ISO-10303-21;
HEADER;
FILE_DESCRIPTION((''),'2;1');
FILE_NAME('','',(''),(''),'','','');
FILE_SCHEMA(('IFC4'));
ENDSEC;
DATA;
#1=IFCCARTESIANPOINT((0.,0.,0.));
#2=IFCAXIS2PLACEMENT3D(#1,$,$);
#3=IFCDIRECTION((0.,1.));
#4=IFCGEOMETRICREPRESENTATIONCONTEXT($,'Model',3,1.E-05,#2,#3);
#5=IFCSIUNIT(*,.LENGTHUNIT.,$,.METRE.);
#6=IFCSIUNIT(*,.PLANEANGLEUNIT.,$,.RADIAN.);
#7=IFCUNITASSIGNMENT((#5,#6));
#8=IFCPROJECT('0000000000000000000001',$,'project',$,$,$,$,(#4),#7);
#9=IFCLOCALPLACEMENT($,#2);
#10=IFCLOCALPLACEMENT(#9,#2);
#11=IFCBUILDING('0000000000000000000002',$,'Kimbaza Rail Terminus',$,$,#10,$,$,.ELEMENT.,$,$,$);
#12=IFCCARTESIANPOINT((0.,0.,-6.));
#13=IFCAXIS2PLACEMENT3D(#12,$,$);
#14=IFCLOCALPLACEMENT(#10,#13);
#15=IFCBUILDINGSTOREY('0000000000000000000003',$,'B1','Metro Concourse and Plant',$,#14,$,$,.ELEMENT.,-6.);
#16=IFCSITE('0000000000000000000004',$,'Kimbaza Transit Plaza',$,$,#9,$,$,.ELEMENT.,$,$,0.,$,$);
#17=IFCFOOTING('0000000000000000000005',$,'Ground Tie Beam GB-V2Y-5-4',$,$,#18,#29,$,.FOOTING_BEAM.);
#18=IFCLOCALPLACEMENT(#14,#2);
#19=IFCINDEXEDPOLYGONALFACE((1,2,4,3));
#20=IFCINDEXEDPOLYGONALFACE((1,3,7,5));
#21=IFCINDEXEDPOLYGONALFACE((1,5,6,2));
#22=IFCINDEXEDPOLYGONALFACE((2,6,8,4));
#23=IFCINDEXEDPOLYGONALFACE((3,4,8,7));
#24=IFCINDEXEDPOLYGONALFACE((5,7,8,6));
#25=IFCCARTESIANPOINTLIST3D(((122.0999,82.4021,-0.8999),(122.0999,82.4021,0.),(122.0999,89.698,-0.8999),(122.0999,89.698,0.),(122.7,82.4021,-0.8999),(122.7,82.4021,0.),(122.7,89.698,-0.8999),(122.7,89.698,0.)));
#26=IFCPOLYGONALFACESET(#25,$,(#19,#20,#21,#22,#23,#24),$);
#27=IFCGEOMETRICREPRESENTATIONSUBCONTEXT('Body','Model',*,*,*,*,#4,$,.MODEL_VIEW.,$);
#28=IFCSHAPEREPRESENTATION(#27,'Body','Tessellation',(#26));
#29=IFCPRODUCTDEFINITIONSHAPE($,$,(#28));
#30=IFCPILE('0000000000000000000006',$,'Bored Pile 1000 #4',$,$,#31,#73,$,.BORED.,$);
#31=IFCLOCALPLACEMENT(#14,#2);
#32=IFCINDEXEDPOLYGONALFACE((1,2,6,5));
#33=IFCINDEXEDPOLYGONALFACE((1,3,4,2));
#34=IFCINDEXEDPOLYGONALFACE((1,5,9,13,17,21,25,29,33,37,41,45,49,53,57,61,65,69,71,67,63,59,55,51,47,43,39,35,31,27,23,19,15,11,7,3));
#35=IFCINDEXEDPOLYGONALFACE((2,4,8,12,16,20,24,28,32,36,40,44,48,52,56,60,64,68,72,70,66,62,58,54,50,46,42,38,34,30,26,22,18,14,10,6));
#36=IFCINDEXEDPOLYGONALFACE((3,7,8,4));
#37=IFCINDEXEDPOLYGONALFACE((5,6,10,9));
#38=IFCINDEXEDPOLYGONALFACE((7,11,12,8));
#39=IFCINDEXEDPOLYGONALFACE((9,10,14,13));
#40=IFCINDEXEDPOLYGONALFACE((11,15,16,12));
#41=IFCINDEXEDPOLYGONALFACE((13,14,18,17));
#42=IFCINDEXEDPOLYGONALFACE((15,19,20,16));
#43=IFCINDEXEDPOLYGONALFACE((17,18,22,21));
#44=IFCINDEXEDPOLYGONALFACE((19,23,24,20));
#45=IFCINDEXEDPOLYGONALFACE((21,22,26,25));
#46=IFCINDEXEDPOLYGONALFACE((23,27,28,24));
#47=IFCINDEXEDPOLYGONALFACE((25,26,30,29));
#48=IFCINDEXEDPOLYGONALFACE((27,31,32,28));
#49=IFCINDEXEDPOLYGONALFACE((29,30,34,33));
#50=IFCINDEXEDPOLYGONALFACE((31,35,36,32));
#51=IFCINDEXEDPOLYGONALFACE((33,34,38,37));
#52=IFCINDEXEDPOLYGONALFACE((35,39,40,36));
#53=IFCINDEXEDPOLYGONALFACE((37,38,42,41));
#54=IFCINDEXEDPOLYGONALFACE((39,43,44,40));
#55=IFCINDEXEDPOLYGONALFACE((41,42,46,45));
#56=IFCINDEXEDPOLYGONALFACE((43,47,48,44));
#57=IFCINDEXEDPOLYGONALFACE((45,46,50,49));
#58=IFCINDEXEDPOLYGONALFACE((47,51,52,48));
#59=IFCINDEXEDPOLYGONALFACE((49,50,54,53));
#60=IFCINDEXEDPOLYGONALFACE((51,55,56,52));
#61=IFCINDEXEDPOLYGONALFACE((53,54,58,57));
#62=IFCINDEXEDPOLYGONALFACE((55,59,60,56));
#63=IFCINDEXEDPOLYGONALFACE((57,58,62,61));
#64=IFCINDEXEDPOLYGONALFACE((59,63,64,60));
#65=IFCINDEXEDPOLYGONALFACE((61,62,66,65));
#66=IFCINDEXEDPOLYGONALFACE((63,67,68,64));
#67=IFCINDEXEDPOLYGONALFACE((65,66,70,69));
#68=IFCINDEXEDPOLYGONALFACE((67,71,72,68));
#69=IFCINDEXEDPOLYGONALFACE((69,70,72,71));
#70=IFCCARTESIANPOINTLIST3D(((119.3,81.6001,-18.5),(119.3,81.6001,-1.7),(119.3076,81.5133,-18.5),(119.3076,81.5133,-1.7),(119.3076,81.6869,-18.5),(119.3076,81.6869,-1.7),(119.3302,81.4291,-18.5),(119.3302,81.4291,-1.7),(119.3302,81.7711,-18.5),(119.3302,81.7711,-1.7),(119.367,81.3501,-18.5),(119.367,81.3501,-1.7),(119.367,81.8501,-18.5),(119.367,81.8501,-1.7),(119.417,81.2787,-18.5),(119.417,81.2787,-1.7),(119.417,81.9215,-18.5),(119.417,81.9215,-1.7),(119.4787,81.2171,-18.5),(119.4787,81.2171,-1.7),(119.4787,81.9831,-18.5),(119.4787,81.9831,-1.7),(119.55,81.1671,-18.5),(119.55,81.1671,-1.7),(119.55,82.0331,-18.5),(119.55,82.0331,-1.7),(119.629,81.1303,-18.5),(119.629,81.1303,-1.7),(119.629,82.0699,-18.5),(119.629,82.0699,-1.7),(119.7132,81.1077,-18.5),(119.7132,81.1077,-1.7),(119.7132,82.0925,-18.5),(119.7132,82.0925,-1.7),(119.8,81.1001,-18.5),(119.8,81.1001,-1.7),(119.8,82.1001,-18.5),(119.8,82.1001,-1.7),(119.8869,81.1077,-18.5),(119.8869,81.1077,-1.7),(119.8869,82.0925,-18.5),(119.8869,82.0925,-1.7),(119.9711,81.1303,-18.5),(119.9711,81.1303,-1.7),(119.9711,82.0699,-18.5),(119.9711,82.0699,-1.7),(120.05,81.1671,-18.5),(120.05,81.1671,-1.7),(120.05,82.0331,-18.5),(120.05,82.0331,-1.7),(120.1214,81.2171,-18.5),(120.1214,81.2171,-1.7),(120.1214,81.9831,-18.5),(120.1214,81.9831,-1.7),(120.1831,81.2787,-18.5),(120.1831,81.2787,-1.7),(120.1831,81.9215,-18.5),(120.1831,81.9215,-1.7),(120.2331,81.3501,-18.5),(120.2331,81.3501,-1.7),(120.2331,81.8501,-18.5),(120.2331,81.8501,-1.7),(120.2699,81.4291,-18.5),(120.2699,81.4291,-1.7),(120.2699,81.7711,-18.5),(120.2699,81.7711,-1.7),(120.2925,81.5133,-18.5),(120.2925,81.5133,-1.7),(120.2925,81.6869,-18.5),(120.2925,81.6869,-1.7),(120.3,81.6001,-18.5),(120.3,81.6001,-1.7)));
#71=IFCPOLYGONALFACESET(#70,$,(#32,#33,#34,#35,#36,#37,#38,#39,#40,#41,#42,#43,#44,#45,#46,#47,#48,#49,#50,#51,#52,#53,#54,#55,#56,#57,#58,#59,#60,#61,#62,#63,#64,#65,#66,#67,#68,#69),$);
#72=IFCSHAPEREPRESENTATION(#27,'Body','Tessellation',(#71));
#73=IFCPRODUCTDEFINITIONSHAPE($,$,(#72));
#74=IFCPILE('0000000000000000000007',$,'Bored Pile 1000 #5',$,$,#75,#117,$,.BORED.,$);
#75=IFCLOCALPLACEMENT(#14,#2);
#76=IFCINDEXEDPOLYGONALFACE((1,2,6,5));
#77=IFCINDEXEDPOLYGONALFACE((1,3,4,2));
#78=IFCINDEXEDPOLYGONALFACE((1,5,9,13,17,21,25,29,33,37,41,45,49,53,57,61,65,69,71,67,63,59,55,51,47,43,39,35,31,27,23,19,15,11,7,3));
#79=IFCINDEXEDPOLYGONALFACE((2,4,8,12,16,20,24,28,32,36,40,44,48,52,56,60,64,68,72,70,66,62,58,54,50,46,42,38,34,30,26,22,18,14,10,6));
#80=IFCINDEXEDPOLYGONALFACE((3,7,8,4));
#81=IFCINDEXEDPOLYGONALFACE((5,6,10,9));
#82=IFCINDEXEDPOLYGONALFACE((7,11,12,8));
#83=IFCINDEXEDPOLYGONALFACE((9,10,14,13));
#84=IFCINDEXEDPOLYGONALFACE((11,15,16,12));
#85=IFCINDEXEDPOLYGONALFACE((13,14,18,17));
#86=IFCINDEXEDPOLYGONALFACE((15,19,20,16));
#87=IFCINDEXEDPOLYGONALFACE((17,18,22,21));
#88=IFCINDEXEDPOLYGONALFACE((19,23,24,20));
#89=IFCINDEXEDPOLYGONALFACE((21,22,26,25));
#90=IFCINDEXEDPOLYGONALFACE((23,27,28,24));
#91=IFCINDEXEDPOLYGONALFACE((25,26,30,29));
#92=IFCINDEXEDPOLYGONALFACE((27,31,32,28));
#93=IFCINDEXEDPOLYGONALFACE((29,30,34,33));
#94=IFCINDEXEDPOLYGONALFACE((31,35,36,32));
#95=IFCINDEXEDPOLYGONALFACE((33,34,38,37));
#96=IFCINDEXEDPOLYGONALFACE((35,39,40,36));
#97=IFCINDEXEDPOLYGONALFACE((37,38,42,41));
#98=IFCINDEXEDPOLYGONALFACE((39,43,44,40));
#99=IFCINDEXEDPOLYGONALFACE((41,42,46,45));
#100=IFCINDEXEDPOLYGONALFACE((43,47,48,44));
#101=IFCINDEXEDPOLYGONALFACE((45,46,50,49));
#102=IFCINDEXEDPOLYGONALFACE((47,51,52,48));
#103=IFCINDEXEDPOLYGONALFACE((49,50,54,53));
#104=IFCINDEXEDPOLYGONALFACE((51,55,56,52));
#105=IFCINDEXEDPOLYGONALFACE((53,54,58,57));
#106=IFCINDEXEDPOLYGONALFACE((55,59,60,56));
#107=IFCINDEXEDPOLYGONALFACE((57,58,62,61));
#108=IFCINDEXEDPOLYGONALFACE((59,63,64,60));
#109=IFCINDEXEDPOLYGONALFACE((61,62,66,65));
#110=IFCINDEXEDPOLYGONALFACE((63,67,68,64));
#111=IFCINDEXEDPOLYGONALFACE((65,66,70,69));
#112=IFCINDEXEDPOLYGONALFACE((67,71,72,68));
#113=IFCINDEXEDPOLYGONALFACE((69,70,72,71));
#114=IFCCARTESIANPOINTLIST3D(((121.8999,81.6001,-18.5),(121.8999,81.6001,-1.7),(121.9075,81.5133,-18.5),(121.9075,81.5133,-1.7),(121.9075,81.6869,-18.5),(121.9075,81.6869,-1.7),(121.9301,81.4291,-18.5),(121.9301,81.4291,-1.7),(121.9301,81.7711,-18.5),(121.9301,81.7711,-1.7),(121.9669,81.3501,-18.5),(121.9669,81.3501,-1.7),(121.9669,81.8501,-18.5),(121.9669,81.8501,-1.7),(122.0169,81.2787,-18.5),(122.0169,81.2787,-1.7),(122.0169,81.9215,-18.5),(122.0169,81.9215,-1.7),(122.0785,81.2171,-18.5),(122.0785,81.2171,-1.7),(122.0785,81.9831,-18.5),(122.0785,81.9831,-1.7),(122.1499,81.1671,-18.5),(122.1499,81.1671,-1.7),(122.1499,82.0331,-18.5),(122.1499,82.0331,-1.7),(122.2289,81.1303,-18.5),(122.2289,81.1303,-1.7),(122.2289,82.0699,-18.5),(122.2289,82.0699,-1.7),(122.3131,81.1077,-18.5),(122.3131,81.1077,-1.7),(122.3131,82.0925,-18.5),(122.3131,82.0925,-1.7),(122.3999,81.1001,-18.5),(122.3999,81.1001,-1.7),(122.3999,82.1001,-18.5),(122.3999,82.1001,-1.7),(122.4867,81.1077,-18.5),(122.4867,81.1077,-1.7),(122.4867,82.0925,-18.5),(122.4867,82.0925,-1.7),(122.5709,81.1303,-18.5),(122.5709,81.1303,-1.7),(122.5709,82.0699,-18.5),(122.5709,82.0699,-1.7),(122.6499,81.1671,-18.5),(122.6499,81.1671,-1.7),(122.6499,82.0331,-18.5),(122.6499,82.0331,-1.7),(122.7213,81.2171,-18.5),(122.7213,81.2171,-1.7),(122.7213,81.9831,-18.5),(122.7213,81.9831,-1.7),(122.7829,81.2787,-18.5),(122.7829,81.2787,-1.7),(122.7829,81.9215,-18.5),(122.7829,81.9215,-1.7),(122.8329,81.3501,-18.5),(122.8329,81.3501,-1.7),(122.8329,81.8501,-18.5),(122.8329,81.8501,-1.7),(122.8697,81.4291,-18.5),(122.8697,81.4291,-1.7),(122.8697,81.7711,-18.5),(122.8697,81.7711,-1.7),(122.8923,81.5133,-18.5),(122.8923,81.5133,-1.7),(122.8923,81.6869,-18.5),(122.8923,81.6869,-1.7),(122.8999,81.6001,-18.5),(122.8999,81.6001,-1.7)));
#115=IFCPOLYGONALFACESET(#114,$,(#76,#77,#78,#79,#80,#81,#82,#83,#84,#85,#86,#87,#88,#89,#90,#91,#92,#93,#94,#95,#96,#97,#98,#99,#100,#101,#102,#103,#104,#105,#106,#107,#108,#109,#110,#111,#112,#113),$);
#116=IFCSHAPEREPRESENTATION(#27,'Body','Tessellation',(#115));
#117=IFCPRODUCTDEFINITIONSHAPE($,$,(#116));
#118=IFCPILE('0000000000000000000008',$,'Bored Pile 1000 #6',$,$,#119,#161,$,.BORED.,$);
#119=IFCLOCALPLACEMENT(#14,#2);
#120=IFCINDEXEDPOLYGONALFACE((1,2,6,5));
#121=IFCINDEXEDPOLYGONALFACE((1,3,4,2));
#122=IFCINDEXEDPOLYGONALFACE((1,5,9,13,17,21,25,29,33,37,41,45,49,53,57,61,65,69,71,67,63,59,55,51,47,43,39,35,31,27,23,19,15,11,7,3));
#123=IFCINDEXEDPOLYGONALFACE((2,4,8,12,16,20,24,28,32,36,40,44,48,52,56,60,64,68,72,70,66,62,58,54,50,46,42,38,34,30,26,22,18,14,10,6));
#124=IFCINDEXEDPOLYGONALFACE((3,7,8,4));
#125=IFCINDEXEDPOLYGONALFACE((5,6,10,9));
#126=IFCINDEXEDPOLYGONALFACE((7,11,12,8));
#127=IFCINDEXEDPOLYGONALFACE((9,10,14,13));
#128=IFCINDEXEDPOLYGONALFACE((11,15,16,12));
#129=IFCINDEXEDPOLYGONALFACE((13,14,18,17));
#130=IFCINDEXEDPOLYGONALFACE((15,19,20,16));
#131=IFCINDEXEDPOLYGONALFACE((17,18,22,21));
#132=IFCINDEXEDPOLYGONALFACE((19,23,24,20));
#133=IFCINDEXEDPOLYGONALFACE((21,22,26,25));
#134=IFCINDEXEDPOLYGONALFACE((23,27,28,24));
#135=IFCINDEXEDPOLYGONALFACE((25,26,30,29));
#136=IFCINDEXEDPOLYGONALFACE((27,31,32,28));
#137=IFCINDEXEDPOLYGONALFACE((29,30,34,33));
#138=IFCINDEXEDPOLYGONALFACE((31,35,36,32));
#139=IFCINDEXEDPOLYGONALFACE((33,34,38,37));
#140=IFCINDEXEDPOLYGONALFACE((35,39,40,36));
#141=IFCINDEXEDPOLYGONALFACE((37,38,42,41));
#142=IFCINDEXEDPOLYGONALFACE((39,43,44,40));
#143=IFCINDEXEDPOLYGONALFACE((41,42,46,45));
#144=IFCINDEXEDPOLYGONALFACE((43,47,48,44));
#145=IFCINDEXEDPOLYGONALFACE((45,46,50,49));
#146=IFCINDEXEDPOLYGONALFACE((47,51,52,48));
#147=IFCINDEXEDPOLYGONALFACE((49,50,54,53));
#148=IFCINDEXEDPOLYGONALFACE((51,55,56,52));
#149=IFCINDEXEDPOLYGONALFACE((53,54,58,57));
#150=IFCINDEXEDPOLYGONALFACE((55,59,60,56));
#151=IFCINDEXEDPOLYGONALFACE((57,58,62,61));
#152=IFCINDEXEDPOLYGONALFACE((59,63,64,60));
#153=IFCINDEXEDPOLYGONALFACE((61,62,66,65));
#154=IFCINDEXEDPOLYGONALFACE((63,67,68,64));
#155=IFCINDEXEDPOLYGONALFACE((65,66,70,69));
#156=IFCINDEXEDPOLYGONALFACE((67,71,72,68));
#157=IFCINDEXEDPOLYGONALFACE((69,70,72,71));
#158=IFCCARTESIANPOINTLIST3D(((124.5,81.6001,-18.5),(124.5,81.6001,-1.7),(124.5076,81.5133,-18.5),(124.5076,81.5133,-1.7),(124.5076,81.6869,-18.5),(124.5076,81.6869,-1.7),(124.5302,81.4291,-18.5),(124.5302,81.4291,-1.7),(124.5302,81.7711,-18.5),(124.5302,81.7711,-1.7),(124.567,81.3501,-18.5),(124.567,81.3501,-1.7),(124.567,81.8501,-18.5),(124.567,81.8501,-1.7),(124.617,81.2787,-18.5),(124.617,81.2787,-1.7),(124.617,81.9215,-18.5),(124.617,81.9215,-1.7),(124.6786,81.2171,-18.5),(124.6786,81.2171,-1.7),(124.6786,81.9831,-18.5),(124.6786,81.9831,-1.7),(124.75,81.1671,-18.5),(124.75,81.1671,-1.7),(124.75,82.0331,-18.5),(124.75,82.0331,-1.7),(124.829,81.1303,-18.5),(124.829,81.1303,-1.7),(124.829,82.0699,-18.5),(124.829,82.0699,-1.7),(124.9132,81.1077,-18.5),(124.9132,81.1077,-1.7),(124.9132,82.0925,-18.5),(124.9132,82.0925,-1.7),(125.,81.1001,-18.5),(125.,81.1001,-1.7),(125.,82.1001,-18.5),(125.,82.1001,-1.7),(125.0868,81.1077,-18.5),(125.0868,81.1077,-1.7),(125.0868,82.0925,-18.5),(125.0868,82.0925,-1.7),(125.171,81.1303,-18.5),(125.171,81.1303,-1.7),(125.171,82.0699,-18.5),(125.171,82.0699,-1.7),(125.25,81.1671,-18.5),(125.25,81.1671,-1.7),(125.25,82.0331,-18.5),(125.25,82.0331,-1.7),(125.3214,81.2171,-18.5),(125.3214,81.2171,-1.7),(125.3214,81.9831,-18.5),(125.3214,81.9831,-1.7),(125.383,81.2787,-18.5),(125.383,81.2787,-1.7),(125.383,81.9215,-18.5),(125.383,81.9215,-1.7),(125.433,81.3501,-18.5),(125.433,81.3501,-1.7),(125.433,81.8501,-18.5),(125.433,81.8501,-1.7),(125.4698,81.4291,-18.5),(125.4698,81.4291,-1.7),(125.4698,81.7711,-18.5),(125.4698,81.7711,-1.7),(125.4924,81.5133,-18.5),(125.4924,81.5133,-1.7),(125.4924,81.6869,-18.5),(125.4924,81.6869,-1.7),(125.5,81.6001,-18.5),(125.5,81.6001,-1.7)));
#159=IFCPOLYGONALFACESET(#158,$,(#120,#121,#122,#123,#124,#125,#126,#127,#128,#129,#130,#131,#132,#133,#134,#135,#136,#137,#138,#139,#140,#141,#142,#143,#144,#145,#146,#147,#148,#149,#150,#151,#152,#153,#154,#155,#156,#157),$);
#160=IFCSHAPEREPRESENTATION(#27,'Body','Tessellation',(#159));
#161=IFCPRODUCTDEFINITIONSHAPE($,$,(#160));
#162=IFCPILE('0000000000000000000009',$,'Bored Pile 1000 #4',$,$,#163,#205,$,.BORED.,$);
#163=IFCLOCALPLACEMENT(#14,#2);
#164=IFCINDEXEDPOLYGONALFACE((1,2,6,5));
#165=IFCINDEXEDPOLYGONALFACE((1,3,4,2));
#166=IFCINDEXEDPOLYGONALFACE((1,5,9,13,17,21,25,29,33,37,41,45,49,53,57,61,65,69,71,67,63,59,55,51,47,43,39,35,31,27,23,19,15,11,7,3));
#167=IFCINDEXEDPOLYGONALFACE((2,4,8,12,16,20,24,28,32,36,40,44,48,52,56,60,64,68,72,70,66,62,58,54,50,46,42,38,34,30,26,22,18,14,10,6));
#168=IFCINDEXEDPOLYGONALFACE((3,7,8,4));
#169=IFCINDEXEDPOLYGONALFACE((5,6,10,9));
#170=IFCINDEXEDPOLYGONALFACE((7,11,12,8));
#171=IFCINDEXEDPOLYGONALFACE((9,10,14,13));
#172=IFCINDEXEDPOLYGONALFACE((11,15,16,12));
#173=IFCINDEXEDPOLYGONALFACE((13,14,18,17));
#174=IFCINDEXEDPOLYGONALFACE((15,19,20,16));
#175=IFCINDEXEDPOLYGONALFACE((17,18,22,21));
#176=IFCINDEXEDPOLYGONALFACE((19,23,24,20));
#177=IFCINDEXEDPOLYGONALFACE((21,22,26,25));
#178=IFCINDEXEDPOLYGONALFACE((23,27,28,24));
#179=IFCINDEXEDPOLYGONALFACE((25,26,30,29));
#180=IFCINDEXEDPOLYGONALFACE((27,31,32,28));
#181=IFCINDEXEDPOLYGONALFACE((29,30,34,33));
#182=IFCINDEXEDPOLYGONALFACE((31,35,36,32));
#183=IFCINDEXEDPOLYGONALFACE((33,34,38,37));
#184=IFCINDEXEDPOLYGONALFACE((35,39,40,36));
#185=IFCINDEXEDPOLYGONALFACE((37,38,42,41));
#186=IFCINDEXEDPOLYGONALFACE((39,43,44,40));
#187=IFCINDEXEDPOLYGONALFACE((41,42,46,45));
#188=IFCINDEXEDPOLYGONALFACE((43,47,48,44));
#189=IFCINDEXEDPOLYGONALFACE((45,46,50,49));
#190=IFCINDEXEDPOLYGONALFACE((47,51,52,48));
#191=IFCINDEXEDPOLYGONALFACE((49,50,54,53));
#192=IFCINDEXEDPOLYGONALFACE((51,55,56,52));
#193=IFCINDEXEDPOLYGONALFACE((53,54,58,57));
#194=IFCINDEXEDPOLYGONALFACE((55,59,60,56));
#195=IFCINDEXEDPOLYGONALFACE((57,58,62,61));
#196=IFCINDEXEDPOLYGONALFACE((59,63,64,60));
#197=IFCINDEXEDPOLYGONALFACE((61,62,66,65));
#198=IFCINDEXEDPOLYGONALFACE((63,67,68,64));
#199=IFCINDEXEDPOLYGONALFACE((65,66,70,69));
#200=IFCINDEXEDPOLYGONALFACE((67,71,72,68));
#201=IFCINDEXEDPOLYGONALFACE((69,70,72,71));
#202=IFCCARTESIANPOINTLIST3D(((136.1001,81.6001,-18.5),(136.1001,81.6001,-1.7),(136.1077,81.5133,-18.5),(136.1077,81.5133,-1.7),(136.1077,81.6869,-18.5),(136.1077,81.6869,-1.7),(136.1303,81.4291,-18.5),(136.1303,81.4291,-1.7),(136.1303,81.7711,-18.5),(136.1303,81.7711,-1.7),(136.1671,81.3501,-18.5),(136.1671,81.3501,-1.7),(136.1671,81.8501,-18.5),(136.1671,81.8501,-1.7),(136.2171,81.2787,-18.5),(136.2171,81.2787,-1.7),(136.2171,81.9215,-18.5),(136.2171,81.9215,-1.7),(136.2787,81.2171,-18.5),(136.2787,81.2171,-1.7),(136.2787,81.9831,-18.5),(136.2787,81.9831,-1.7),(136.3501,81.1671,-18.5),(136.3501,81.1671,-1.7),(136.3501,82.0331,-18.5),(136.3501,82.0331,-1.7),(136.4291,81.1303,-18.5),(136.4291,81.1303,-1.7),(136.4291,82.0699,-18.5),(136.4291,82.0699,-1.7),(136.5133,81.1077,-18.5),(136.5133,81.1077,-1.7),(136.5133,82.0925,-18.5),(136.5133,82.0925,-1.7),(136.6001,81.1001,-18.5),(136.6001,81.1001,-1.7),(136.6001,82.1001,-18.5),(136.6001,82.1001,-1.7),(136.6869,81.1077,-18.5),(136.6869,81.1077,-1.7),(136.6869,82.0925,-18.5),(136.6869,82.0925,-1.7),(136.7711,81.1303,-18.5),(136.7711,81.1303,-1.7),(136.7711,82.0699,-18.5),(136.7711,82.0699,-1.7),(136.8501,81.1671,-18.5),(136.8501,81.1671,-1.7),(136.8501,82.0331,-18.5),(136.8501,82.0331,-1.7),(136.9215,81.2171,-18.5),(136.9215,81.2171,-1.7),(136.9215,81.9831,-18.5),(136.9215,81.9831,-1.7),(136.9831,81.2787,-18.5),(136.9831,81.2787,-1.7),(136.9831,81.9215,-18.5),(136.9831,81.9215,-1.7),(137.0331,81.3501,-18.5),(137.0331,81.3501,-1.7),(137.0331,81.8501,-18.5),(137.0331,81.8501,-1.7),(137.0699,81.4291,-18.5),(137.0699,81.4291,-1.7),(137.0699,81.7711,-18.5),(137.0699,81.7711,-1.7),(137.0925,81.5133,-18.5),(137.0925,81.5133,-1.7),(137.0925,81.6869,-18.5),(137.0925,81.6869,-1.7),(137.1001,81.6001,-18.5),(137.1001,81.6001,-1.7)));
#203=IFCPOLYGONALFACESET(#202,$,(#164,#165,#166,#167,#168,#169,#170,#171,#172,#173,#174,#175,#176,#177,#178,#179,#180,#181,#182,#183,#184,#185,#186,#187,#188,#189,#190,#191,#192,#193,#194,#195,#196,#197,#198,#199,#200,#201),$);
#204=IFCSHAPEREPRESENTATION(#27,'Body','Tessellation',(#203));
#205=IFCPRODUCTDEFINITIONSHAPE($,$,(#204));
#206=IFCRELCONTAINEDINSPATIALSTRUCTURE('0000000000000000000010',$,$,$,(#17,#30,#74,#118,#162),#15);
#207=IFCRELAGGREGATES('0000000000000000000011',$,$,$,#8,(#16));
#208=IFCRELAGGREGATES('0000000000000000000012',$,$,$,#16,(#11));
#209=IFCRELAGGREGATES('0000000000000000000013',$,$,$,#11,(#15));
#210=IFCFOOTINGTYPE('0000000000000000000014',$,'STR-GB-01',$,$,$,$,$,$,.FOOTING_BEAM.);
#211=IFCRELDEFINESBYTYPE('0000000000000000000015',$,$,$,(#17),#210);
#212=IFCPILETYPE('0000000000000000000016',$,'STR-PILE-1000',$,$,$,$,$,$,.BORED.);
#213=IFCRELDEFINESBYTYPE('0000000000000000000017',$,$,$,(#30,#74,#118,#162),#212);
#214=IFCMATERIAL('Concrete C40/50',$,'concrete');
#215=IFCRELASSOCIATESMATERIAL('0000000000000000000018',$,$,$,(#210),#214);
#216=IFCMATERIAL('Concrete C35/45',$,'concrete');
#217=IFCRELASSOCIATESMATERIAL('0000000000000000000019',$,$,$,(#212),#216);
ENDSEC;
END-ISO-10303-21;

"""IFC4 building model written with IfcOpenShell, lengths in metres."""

from ifc_helpers import new_model, si_unit, direction, frame, origin, origin_2d, place, context, subcontext, project, spatial, rectangle, circle, extrude, material, material_profile, profile_set, type_object, element, save


model = new_model("IFC4")

# Units and contexts
model_context = context("Model", 3, precision=1e-05, world=origin(), true_north=direction((0.0, 1.0)))
body_context = subcontext(model_context, "Body", "Model", "MODEL_VIEW")
ifc_project = project(units=[si_unit("LENGTHUNIT", "METRE"), si_unit("PLANEANGLEUNIT", "RADIAN")], contexts=[model_context])

# Site, building, storey
site_placement = place(None, origin())
site = spatial("IfcSite", under=ifc_project, at=site_placement, Name="Kimbaza Transit Plaza", CompositionType="ELEMENT", RefElevation=0.0)
building_placement = place(site_placement, origin())
building = spatial("IfcBuilding", under=site, at=building_placement, Name="Kimbaza Rail Terminus", CompositionType="ELEMENT")
storey_placement = place(building_placement, frame((0.0, 0.0, -6.0)))
storey = spatial("IfcBuildingStorey", under=building, at=storey_placement, Name="B1", Description="Metro Concourse and Plant", CompositionType="ELEMENT", Elevation=-6.0)

# Footing
ifc_material_1 = material(Name="Concrete C40/50", Category="concrete")
ifc_material_profile_1 = material_profile(ifc_material_1, rectangle(XDim=0.6001, YDim=0.8999, at=origin_2d()), Name="GB-01 600x900")
ifc_profile_set_1 = profile_set([ifc_material_profile_1], Name="Concrete C40/50")
footing_type = type_object("IfcFootingType", Name="STR-GB-01", PredefinedType="FOOTING_BEAM", material=ifc_profile_set_1)
footing_placement = place(storey_placement, frame((122.3999, 82.4021, -0.45), z_axis=(0.0, 1.0, 0.0), x_axis=(-1.0, 0.0, 0.0)))
element("IfcFooting", 1, at=footing_placement, inside=storey, type_object=footing_type, Name="Ground Tie Beam GB-V2Y-5-4", PredefinedType="FOOTING_BEAM", context=body_context, shape_type="SweptSolid", body=[
    extrude(rectangle(XDim=0.6001, YDim=0.8999, at=origin_2d()), origin(), (0.0, 0.0, 1.0), 7.2959),
])

# Piles
ifc_material_2 = material(Name="Concrete C35/45", Category="concrete")
ifc_material_profile_2 = material_profile(ifc_material_2, circle(Radius=0.5, at=origin_2d()), Name="BORED PILE 1000")
ifc_profile_set_2 = profile_set([ifc_material_profile_2], Name="Concrete C35/45")
pile_type_1 = type_object("IfcPileType", Name="STR-PILE-1000", PredefinedType="BORED", material=ifc_profile_set_2)
for number, where, z_axis, x_axis, name in (
    (2, (119.8, 81.6001, -1.7), (0.0, 0.0, -1.0), (1.0, 0.0, 0.0), "Bored Pile 1000 #4"),
    (3, (122.3999, 81.6001, -1.7), (0.0, 0.0, -1.0), (1.0, 0.0, 0.0), "Bored Pile 1000 #5"),
    (4, (125.0, 81.6001, -1.7), (0.0, 0.0, -1.0), (1.0, 0.0, 0.0), "Bored Pile 1000 #6"),
    (5, (136.6001, 81.6001, -1.7), (0.0, 0.0, -1.0), (1.0, 0.0, 0.0), "Bored Pile 1000 #4"),
):
    element("IfcPile", number, at=place(storey_placement, frame(where, z_axis=z_axis, x_axis=x_axis)), inside=storey, type_object=pile_type_1, Name=name, PredefinedType="BORED", context=body_context, shape_type="SweptSolid", body=[
        extrude(circle(Radius=0.5, at=origin_2d()), origin(), (0.0, 0.0, 1.0), 16.8),
    ])

save(model, "model.ifc")
